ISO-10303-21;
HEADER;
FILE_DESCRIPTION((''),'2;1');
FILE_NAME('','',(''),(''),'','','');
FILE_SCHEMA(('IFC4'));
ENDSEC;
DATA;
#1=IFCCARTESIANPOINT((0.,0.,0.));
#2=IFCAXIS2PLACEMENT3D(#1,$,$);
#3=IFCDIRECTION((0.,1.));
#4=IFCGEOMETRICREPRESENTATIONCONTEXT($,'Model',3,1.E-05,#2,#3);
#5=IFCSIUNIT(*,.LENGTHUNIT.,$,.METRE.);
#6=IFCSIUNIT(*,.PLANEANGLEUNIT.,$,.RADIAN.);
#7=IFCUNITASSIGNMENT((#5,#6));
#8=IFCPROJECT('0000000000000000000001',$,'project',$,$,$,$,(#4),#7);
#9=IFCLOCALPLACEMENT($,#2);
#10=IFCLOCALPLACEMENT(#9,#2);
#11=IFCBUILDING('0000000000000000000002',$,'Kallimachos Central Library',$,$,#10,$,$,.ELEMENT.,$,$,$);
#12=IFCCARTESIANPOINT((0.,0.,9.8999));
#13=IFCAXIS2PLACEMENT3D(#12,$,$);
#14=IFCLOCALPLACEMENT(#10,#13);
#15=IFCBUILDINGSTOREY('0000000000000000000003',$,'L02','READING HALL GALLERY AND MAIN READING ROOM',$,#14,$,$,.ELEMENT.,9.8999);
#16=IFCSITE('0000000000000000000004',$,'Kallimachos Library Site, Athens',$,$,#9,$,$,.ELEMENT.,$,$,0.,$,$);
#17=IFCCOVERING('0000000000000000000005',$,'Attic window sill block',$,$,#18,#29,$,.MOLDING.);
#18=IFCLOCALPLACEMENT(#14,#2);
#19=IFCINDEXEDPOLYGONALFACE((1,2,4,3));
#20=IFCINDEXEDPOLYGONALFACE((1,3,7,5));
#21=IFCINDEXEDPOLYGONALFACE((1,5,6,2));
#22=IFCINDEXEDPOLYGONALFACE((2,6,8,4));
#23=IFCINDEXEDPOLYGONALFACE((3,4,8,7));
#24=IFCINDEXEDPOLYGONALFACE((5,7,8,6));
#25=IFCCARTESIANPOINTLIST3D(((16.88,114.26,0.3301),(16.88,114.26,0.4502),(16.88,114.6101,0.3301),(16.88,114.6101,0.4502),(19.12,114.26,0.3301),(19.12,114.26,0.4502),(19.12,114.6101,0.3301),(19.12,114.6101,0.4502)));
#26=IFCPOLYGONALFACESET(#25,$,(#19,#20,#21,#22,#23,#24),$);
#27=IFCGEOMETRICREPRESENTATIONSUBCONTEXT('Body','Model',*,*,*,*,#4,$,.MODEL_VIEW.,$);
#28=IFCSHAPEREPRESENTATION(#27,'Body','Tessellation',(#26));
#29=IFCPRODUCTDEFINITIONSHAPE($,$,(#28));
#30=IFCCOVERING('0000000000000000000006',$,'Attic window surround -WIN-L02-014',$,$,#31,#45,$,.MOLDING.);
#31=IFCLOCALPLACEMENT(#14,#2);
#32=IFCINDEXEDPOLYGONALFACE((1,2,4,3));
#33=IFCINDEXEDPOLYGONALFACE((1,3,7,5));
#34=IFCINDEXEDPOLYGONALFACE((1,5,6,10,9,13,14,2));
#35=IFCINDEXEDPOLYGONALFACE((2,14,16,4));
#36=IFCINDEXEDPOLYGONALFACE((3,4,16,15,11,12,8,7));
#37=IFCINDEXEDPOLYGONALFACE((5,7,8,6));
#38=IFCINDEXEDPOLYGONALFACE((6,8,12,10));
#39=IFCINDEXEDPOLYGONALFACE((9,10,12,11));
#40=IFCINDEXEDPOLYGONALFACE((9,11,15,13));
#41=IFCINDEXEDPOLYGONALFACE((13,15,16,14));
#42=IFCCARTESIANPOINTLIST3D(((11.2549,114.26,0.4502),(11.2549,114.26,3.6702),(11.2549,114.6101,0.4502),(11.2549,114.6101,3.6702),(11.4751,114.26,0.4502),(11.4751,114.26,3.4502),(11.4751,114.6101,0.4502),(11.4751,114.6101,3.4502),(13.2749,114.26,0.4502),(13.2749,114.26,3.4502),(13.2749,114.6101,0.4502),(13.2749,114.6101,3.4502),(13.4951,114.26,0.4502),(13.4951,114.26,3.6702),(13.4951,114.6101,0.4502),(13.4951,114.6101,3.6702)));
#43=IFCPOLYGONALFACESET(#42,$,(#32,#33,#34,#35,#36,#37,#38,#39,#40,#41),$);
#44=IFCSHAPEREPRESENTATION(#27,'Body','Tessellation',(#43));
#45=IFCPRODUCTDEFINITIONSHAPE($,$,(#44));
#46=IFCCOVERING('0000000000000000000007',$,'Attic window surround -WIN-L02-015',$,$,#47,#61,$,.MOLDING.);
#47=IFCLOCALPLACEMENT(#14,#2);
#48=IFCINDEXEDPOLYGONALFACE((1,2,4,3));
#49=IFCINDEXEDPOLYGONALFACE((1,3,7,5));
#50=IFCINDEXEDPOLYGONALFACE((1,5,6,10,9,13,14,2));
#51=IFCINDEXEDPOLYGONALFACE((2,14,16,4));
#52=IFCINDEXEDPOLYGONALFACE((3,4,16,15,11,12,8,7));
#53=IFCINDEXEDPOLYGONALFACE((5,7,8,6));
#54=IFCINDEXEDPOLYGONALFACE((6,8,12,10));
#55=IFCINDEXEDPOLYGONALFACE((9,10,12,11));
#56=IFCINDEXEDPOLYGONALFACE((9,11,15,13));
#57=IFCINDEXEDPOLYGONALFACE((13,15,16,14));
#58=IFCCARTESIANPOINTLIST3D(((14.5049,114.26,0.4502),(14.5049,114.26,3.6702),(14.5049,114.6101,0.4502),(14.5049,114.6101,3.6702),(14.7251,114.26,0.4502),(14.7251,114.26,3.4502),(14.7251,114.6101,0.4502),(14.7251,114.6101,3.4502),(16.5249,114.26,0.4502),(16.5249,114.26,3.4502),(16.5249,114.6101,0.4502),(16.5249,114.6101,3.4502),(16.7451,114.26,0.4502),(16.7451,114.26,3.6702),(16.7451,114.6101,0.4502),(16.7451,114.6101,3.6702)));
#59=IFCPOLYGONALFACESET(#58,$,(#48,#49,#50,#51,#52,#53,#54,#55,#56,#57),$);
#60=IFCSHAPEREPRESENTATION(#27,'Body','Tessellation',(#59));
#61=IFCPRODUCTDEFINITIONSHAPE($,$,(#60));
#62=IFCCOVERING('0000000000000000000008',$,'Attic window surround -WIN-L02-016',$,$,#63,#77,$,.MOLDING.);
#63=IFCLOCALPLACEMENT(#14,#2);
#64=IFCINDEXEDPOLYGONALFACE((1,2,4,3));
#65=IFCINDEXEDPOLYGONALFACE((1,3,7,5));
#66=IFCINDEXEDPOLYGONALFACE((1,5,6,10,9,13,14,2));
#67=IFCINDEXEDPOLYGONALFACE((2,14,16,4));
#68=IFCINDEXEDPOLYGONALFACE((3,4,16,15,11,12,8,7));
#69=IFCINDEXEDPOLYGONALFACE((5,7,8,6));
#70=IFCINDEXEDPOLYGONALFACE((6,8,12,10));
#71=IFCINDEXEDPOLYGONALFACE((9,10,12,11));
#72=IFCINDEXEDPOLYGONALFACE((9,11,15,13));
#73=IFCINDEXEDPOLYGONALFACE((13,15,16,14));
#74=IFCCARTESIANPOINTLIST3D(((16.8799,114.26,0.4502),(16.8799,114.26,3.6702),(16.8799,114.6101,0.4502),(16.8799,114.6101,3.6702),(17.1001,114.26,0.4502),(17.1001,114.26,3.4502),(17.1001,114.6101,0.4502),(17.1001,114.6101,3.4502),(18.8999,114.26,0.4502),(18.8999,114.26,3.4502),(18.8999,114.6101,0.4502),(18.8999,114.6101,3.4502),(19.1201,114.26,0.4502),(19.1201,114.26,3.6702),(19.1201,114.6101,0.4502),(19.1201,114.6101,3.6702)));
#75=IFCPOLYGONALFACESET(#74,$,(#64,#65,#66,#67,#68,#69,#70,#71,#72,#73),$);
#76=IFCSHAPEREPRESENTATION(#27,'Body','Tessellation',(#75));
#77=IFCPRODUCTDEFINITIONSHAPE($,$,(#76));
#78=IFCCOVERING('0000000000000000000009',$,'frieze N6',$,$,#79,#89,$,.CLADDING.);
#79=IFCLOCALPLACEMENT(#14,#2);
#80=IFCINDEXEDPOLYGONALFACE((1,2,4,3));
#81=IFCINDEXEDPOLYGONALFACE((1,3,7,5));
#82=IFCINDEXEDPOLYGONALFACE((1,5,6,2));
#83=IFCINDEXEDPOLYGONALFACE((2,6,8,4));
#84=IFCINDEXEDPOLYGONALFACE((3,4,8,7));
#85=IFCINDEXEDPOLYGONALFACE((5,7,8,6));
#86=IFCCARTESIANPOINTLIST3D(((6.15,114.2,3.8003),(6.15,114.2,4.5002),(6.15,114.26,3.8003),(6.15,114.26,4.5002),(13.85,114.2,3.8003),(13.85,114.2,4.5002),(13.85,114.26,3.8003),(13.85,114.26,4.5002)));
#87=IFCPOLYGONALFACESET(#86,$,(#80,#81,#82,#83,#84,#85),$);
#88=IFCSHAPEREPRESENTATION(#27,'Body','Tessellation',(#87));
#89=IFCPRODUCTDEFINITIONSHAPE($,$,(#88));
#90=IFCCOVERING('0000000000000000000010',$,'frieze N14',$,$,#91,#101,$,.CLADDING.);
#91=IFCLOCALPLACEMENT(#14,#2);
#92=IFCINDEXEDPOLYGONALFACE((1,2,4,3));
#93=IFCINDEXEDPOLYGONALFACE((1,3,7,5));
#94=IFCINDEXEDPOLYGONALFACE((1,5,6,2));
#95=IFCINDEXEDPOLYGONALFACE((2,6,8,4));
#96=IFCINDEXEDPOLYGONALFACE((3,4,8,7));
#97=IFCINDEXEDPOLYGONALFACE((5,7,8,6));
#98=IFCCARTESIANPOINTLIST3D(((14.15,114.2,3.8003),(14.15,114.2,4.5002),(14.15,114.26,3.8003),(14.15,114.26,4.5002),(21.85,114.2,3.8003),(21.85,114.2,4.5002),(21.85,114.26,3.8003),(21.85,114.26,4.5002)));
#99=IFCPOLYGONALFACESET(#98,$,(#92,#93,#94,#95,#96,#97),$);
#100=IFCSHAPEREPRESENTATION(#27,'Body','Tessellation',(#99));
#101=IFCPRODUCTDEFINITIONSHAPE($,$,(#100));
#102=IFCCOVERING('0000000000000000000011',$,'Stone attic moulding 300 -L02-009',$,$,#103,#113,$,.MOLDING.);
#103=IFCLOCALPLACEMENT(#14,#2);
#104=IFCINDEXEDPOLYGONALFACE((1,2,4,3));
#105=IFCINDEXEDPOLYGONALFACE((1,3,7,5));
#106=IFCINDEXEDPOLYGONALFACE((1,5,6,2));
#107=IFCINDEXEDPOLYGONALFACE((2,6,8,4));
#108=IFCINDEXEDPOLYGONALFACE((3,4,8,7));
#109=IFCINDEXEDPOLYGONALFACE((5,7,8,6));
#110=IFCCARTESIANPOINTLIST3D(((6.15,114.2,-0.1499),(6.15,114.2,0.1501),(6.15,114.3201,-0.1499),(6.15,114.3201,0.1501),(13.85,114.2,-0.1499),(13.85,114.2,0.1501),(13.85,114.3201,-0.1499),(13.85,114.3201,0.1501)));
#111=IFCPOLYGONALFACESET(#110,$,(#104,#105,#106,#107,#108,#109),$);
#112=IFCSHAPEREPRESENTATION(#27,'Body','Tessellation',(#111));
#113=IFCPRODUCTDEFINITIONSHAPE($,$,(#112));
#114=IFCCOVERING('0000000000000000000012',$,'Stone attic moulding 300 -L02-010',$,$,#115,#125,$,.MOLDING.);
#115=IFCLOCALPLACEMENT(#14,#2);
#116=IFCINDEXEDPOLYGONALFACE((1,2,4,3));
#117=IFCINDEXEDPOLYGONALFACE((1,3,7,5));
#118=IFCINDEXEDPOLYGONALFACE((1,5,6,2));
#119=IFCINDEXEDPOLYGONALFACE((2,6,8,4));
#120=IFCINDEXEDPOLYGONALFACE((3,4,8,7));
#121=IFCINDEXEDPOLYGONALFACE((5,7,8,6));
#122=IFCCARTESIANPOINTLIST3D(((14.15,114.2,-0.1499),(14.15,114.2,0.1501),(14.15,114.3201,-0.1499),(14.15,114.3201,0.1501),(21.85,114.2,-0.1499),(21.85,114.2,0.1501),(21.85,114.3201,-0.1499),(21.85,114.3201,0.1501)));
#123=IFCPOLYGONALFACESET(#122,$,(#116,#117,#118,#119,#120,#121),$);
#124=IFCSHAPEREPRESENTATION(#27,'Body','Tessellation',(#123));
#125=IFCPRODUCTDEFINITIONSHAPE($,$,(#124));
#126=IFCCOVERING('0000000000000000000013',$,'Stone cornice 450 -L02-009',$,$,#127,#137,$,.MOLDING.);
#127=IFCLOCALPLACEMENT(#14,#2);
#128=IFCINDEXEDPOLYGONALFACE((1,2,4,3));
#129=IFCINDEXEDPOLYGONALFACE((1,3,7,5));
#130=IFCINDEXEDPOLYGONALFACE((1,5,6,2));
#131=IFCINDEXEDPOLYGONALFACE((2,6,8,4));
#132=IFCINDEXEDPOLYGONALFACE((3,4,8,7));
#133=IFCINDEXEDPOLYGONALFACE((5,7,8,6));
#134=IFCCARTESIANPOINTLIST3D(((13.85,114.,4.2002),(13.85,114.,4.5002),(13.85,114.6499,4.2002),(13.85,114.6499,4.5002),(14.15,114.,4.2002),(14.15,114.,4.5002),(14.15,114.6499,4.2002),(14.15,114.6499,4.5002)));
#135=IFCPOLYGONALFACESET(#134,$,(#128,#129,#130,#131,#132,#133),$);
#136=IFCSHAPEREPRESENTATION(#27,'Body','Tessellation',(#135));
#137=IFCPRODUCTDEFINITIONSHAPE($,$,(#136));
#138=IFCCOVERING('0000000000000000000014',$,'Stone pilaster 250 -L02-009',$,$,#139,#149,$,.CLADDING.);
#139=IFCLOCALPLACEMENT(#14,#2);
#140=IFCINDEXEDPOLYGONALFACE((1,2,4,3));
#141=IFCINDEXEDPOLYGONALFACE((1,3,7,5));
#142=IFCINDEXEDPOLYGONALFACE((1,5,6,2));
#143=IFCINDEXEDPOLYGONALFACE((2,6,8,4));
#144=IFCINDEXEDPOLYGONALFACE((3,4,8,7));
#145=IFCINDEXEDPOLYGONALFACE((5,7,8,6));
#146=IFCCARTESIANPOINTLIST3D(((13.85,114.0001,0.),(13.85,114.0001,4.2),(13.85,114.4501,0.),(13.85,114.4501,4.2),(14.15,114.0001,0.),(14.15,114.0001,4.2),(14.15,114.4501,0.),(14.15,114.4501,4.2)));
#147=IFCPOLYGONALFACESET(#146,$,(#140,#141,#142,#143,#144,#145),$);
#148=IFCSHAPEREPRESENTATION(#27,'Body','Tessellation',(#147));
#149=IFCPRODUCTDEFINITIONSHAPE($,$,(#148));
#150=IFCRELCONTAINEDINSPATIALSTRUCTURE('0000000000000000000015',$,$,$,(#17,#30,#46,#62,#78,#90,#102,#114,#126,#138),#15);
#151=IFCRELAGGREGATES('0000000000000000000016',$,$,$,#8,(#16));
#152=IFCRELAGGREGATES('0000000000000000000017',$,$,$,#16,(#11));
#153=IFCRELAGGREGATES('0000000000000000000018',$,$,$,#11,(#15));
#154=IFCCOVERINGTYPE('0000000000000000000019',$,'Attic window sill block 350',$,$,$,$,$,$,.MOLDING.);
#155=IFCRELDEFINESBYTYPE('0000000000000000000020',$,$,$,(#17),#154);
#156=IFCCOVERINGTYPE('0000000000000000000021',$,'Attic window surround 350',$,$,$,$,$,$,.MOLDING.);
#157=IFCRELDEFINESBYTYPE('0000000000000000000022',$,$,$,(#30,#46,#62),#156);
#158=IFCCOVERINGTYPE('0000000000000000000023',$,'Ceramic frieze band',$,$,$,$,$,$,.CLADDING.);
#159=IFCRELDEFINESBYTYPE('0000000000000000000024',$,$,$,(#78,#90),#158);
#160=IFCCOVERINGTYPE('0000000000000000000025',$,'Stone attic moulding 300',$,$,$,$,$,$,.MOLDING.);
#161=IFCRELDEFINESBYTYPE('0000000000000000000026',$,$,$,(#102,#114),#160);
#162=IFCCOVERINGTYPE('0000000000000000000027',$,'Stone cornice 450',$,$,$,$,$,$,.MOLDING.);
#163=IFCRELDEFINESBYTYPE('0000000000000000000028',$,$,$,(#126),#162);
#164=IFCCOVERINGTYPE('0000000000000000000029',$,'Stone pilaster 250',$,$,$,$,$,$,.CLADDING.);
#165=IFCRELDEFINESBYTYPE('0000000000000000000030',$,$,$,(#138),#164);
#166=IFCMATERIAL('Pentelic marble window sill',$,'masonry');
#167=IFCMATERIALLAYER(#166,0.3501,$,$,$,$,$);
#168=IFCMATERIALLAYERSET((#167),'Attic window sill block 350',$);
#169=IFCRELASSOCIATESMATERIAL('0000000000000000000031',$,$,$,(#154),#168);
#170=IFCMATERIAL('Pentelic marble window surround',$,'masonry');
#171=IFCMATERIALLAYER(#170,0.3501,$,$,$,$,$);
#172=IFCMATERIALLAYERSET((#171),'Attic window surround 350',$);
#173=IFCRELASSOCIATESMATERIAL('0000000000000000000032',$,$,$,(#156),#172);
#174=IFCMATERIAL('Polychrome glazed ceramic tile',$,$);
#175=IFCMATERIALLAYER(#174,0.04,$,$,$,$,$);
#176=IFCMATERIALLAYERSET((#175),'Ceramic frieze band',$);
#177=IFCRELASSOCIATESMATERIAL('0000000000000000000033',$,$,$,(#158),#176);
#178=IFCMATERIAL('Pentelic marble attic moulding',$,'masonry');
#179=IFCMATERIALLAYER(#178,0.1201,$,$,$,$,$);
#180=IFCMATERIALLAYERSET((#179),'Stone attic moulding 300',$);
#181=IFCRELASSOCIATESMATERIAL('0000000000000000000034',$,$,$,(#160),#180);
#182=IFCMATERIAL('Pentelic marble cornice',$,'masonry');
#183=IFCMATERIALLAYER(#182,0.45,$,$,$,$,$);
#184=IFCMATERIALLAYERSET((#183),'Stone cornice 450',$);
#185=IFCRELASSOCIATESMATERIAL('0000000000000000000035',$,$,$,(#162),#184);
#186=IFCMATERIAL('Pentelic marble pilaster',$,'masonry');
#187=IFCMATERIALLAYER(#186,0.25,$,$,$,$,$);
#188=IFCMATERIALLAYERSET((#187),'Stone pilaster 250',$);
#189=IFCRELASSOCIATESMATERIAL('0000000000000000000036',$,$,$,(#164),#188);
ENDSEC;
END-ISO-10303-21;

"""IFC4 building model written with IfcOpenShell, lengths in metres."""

from ifc_helpers import new_model, si_unit, direction, frame, origin, origin_2d, place, context, subcontext, project, spatial, polyline, rectangle, outline, extrude, material, layer, layer_set, type_object, element, save


model = new_model("IFC4")

# Units and contexts
model_context = context("Model", 3, precision=1e-05, world=origin(), true_north=direction((0.0, 1.0)))
body_context = subcontext(model_context, "Body", "Model", "MODEL_VIEW")
ifc_project = project(units=[si_unit("LENGTHUNIT", "METRE"), si_unit("PLANEANGLEUNIT", "RADIAN")], contexts=[model_context])

# Site, building, storey
site_placement = place(None, origin())
site = spatial("IfcSite", under=ifc_project, at=site_placement, Name="Kallimachos Library Site, Athens", CompositionType="ELEMENT", RefElevation=0.0)
building_placement = place(site_placement, origin())
building = spatial("IfcBuilding", under=site, at=building_placement, Name="Kallimachos Central Library", CompositionType="ELEMENT")
storey_placement = place(building_placement, frame((0.0, 0.0, 9.8999)))
storey = spatial("IfcBuildingStorey", under=building, at=storey_placement, Name="L02", Description="READING HALL GALLERY AND MAIN READING ROOM", CompositionType="ELEMENT", Elevation=9.8999)

# Coverings
ifc_material_1 = material(Name="Pentelic marble window sill", Category="masonry")
ifc_layer_1 = layer(ifc_material_1, 0.3501)
ifc_layer_set_1 = layer_set([ifc_layer_1], Name="Attic window sill block 350")
covering_type_1 = type_object("IfcCoveringType", Name="Attic window sill block 350", PredefinedType="MOLDING", material=ifc_layer_set_1)
for number, where, z_axis, x_axis, name in (
    (1, (18.0, 114.4351, 0.3301), (0.0, 0.0, 1.0), (1.0, 0.0, 0.0), "Attic window sill block"),
):
    element("IfcCovering", number, at=place(storey_placement, frame(where, z_axis=z_axis, x_axis=x_axis)), inside=storey, type_object=covering_type_1, Name=name, PredefinedType="MOLDING", context=body_context, shape_type="SweptSolid", body=[
        extrude(rectangle(XDim=2.24, YDim=0.3501, at=origin_2d()), origin(), (0.0, 0.0, 1.0), 0.1201),
    ])
ifc_material_2 = material(Name="Pentelic marble window surround", Category="masonry")
ifc_layer_2 = layer(ifc_material_2, 0.3501)
ifc_layer_set_2 = layer_set([ifc_layer_2], Name="Attic window surround 350")
covering_type_2 = type_object("IfcCoveringType", Name="Attic window surround 350", PredefinedType="MOLDING", material=ifc_layer_set_2)
for number, where, z_axis, x_axis, name in (
    (2, (11.2549, 114.6101, 0.4502), (0.0, 1.0, 0.0), (0.0, 0.0, 1.0), "Attic window surround -WIN-L02-014"),
    (3, (14.5049, 114.6101, 0.4502), (0.0, 1.0, 0.0), (0.0, 0.0, 1.0), "Attic window surround -WIN-L02-015"),
    (4, (16.8799, 114.6101, 0.4502), (0.0, 1.0, 0.0), (0.0, 0.0, 1.0), "Attic window surround -WIN-L02-016"),
):
    element("IfcCovering", number, at=place(storey_placement, frame(where, z_axis=z_axis, x_axis=x_axis)), inside=storey, type_object=covering_type_2, Name=name, PredefinedType="MOLDING", context=body_context, shape_type="SweptSolid", body=[
        extrude(outline(polyline([(0.0, 0.0), (3.22, 0.0), (3.22, 2.2402), (0.0, 2.2402), (0.0, 2.02), (3.0, 2.02), (3.0, 0.2202), (0.0, 0.2202), (0.0, 0.0)])), origin(), (0.0, 0.0, -1.0), 0.3501),
    ])
ifc_material_3 = material(Name="Polychrome glazed ceramic tile")
ifc_layer_3 = layer(ifc_material_3, 0.04)
ifc_layer_set_3 = layer_set([ifc_layer_3], Name="Ceramic frieze band")
covering_type_3 = type_object("IfcCoveringType", Name="Ceramic frieze band", PredefinedType="CLADDING", material=ifc_layer_set_3)
for number, where, z_axis, x_axis, name in (
    (5, (10.0, 114.23, 3.8003), (0.0, 0.0, 1.0), (1.0, 0.0, 0.0), "frieze N6"),
    (6, (18.0, 114.23, 3.8003), (0.0, 0.0, 1.0), (1.0, 0.0, 0.0), "frieze N14"),
):
    element("IfcCovering", number, at=place(storey_placement, frame(where, z_axis=z_axis, x_axis=x_axis)), inside=storey, type_object=covering_type_3, Name=name, PredefinedType="CLADDING", context=body_context, shape_type="SweptSolid", body=[
        extrude(rectangle(XDim=7.7, YDim=0.0601, at=origin_2d()), origin(), (0.0, 0.0, 1.0), 0.7),
    ])
ifc_material_4 = material(Name="Pentelic marble attic moulding", Category="masonry")
ifc_layer_4 = layer(ifc_material_4, 0.1201)
ifc_layer_set_4 = layer_set([ifc_layer_4], Name="Stone attic moulding 300")
covering_type_4 = type_object("IfcCoveringType", Name="Stone attic moulding 300", PredefinedType="MOLDING", material=ifc_layer_set_4)
for number, where, z_axis, x_axis, name in (
    (7, (10.0, 114.26, -0.1499), (0.0, 0.0, 1.0), (1.0, 0.0, 0.0), "Stone attic moulding 300 -L02-009"),
    (8, (18.0, 114.26, -0.1499), (0.0, 0.0, 1.0), (1.0, 0.0, 0.0), "Stone attic moulding 300 -L02-010"),
):
    element("IfcCovering", number, at=place(storey_placement, frame(where, z_axis=z_axis, x_axis=x_axis)), inside=storey, type_object=covering_type_4, Name=name, PredefinedType="MOLDING", context=body_context, shape_type="SweptSolid", body=[
        extrude(rectangle(XDim=7.7, YDim=0.1201, at=origin_2d()), origin(), (0.0, 0.0, 1.0), 0.3),
    ])
ifc_material_5 = material(Name="Pentelic marble cornice", Category="masonry")
ifc_layer_5 = layer(ifc_material_5, 0.45)
ifc_layer_set_5 = layer_set([ifc_layer_5], Name="Stone cornice 450")
covering_type_5 = type_object("IfcCoveringType", Name="Stone cornice 450", PredefinedType="MOLDING", material=ifc_layer_set_5)
covering_1_placement = place(storey_placement, frame((14.0, 114.325, 4.2002), z_axis=(0.0, 0.0, 1.0), x_axis=(1.0, 0.0, 0.0)))
element("IfcCovering", 9, at=covering_1_placement, inside=storey, type_object=covering_type_5, Name="Stone cornice 450 -L02-009", PredefinedType="MOLDING", context=body_context, shape_type="SweptSolid", body=[
    extrude(rectangle(XDim=0.3, YDim=0.6499, at=origin_2d()), origin(), (0.0, 0.0, 1.0), 0.3),
])
ifc_material_6 = material(Name="Pentelic marble pilaster", Category="masonry")
ifc_layer_6 = layer(ifc_material_6, 0.25)
ifc_layer_set_6 = layer_set([ifc_layer_6], Name="Stone pilaster 250")
covering_type_6 = type_object("IfcCoveringType", Name="Stone pilaster 250", PredefinedType="CLADDING", material=ifc_layer_set_6)
covering_2_placement = place(storey_placement, frame((14.0, 114.2251, 0.0), z_axis=(0.0, 0.0, 1.0), x_axis=(1.0, 0.0, 0.0)))
element("IfcCovering", 10, at=covering_2_placement, inside=storey, type_object=covering_type_6, Name="Stone pilaster 250 -L02-009", PredefinedType="CLADDING", context=body_context, shape_type="SweptSolid", body=[
    extrude(rectangle(XDim=0.3, YDim=0.45, at=origin_2d()), origin(), (0.0, 0.0, 1.0), 4.2),
])

save(model, "model.ifc")
